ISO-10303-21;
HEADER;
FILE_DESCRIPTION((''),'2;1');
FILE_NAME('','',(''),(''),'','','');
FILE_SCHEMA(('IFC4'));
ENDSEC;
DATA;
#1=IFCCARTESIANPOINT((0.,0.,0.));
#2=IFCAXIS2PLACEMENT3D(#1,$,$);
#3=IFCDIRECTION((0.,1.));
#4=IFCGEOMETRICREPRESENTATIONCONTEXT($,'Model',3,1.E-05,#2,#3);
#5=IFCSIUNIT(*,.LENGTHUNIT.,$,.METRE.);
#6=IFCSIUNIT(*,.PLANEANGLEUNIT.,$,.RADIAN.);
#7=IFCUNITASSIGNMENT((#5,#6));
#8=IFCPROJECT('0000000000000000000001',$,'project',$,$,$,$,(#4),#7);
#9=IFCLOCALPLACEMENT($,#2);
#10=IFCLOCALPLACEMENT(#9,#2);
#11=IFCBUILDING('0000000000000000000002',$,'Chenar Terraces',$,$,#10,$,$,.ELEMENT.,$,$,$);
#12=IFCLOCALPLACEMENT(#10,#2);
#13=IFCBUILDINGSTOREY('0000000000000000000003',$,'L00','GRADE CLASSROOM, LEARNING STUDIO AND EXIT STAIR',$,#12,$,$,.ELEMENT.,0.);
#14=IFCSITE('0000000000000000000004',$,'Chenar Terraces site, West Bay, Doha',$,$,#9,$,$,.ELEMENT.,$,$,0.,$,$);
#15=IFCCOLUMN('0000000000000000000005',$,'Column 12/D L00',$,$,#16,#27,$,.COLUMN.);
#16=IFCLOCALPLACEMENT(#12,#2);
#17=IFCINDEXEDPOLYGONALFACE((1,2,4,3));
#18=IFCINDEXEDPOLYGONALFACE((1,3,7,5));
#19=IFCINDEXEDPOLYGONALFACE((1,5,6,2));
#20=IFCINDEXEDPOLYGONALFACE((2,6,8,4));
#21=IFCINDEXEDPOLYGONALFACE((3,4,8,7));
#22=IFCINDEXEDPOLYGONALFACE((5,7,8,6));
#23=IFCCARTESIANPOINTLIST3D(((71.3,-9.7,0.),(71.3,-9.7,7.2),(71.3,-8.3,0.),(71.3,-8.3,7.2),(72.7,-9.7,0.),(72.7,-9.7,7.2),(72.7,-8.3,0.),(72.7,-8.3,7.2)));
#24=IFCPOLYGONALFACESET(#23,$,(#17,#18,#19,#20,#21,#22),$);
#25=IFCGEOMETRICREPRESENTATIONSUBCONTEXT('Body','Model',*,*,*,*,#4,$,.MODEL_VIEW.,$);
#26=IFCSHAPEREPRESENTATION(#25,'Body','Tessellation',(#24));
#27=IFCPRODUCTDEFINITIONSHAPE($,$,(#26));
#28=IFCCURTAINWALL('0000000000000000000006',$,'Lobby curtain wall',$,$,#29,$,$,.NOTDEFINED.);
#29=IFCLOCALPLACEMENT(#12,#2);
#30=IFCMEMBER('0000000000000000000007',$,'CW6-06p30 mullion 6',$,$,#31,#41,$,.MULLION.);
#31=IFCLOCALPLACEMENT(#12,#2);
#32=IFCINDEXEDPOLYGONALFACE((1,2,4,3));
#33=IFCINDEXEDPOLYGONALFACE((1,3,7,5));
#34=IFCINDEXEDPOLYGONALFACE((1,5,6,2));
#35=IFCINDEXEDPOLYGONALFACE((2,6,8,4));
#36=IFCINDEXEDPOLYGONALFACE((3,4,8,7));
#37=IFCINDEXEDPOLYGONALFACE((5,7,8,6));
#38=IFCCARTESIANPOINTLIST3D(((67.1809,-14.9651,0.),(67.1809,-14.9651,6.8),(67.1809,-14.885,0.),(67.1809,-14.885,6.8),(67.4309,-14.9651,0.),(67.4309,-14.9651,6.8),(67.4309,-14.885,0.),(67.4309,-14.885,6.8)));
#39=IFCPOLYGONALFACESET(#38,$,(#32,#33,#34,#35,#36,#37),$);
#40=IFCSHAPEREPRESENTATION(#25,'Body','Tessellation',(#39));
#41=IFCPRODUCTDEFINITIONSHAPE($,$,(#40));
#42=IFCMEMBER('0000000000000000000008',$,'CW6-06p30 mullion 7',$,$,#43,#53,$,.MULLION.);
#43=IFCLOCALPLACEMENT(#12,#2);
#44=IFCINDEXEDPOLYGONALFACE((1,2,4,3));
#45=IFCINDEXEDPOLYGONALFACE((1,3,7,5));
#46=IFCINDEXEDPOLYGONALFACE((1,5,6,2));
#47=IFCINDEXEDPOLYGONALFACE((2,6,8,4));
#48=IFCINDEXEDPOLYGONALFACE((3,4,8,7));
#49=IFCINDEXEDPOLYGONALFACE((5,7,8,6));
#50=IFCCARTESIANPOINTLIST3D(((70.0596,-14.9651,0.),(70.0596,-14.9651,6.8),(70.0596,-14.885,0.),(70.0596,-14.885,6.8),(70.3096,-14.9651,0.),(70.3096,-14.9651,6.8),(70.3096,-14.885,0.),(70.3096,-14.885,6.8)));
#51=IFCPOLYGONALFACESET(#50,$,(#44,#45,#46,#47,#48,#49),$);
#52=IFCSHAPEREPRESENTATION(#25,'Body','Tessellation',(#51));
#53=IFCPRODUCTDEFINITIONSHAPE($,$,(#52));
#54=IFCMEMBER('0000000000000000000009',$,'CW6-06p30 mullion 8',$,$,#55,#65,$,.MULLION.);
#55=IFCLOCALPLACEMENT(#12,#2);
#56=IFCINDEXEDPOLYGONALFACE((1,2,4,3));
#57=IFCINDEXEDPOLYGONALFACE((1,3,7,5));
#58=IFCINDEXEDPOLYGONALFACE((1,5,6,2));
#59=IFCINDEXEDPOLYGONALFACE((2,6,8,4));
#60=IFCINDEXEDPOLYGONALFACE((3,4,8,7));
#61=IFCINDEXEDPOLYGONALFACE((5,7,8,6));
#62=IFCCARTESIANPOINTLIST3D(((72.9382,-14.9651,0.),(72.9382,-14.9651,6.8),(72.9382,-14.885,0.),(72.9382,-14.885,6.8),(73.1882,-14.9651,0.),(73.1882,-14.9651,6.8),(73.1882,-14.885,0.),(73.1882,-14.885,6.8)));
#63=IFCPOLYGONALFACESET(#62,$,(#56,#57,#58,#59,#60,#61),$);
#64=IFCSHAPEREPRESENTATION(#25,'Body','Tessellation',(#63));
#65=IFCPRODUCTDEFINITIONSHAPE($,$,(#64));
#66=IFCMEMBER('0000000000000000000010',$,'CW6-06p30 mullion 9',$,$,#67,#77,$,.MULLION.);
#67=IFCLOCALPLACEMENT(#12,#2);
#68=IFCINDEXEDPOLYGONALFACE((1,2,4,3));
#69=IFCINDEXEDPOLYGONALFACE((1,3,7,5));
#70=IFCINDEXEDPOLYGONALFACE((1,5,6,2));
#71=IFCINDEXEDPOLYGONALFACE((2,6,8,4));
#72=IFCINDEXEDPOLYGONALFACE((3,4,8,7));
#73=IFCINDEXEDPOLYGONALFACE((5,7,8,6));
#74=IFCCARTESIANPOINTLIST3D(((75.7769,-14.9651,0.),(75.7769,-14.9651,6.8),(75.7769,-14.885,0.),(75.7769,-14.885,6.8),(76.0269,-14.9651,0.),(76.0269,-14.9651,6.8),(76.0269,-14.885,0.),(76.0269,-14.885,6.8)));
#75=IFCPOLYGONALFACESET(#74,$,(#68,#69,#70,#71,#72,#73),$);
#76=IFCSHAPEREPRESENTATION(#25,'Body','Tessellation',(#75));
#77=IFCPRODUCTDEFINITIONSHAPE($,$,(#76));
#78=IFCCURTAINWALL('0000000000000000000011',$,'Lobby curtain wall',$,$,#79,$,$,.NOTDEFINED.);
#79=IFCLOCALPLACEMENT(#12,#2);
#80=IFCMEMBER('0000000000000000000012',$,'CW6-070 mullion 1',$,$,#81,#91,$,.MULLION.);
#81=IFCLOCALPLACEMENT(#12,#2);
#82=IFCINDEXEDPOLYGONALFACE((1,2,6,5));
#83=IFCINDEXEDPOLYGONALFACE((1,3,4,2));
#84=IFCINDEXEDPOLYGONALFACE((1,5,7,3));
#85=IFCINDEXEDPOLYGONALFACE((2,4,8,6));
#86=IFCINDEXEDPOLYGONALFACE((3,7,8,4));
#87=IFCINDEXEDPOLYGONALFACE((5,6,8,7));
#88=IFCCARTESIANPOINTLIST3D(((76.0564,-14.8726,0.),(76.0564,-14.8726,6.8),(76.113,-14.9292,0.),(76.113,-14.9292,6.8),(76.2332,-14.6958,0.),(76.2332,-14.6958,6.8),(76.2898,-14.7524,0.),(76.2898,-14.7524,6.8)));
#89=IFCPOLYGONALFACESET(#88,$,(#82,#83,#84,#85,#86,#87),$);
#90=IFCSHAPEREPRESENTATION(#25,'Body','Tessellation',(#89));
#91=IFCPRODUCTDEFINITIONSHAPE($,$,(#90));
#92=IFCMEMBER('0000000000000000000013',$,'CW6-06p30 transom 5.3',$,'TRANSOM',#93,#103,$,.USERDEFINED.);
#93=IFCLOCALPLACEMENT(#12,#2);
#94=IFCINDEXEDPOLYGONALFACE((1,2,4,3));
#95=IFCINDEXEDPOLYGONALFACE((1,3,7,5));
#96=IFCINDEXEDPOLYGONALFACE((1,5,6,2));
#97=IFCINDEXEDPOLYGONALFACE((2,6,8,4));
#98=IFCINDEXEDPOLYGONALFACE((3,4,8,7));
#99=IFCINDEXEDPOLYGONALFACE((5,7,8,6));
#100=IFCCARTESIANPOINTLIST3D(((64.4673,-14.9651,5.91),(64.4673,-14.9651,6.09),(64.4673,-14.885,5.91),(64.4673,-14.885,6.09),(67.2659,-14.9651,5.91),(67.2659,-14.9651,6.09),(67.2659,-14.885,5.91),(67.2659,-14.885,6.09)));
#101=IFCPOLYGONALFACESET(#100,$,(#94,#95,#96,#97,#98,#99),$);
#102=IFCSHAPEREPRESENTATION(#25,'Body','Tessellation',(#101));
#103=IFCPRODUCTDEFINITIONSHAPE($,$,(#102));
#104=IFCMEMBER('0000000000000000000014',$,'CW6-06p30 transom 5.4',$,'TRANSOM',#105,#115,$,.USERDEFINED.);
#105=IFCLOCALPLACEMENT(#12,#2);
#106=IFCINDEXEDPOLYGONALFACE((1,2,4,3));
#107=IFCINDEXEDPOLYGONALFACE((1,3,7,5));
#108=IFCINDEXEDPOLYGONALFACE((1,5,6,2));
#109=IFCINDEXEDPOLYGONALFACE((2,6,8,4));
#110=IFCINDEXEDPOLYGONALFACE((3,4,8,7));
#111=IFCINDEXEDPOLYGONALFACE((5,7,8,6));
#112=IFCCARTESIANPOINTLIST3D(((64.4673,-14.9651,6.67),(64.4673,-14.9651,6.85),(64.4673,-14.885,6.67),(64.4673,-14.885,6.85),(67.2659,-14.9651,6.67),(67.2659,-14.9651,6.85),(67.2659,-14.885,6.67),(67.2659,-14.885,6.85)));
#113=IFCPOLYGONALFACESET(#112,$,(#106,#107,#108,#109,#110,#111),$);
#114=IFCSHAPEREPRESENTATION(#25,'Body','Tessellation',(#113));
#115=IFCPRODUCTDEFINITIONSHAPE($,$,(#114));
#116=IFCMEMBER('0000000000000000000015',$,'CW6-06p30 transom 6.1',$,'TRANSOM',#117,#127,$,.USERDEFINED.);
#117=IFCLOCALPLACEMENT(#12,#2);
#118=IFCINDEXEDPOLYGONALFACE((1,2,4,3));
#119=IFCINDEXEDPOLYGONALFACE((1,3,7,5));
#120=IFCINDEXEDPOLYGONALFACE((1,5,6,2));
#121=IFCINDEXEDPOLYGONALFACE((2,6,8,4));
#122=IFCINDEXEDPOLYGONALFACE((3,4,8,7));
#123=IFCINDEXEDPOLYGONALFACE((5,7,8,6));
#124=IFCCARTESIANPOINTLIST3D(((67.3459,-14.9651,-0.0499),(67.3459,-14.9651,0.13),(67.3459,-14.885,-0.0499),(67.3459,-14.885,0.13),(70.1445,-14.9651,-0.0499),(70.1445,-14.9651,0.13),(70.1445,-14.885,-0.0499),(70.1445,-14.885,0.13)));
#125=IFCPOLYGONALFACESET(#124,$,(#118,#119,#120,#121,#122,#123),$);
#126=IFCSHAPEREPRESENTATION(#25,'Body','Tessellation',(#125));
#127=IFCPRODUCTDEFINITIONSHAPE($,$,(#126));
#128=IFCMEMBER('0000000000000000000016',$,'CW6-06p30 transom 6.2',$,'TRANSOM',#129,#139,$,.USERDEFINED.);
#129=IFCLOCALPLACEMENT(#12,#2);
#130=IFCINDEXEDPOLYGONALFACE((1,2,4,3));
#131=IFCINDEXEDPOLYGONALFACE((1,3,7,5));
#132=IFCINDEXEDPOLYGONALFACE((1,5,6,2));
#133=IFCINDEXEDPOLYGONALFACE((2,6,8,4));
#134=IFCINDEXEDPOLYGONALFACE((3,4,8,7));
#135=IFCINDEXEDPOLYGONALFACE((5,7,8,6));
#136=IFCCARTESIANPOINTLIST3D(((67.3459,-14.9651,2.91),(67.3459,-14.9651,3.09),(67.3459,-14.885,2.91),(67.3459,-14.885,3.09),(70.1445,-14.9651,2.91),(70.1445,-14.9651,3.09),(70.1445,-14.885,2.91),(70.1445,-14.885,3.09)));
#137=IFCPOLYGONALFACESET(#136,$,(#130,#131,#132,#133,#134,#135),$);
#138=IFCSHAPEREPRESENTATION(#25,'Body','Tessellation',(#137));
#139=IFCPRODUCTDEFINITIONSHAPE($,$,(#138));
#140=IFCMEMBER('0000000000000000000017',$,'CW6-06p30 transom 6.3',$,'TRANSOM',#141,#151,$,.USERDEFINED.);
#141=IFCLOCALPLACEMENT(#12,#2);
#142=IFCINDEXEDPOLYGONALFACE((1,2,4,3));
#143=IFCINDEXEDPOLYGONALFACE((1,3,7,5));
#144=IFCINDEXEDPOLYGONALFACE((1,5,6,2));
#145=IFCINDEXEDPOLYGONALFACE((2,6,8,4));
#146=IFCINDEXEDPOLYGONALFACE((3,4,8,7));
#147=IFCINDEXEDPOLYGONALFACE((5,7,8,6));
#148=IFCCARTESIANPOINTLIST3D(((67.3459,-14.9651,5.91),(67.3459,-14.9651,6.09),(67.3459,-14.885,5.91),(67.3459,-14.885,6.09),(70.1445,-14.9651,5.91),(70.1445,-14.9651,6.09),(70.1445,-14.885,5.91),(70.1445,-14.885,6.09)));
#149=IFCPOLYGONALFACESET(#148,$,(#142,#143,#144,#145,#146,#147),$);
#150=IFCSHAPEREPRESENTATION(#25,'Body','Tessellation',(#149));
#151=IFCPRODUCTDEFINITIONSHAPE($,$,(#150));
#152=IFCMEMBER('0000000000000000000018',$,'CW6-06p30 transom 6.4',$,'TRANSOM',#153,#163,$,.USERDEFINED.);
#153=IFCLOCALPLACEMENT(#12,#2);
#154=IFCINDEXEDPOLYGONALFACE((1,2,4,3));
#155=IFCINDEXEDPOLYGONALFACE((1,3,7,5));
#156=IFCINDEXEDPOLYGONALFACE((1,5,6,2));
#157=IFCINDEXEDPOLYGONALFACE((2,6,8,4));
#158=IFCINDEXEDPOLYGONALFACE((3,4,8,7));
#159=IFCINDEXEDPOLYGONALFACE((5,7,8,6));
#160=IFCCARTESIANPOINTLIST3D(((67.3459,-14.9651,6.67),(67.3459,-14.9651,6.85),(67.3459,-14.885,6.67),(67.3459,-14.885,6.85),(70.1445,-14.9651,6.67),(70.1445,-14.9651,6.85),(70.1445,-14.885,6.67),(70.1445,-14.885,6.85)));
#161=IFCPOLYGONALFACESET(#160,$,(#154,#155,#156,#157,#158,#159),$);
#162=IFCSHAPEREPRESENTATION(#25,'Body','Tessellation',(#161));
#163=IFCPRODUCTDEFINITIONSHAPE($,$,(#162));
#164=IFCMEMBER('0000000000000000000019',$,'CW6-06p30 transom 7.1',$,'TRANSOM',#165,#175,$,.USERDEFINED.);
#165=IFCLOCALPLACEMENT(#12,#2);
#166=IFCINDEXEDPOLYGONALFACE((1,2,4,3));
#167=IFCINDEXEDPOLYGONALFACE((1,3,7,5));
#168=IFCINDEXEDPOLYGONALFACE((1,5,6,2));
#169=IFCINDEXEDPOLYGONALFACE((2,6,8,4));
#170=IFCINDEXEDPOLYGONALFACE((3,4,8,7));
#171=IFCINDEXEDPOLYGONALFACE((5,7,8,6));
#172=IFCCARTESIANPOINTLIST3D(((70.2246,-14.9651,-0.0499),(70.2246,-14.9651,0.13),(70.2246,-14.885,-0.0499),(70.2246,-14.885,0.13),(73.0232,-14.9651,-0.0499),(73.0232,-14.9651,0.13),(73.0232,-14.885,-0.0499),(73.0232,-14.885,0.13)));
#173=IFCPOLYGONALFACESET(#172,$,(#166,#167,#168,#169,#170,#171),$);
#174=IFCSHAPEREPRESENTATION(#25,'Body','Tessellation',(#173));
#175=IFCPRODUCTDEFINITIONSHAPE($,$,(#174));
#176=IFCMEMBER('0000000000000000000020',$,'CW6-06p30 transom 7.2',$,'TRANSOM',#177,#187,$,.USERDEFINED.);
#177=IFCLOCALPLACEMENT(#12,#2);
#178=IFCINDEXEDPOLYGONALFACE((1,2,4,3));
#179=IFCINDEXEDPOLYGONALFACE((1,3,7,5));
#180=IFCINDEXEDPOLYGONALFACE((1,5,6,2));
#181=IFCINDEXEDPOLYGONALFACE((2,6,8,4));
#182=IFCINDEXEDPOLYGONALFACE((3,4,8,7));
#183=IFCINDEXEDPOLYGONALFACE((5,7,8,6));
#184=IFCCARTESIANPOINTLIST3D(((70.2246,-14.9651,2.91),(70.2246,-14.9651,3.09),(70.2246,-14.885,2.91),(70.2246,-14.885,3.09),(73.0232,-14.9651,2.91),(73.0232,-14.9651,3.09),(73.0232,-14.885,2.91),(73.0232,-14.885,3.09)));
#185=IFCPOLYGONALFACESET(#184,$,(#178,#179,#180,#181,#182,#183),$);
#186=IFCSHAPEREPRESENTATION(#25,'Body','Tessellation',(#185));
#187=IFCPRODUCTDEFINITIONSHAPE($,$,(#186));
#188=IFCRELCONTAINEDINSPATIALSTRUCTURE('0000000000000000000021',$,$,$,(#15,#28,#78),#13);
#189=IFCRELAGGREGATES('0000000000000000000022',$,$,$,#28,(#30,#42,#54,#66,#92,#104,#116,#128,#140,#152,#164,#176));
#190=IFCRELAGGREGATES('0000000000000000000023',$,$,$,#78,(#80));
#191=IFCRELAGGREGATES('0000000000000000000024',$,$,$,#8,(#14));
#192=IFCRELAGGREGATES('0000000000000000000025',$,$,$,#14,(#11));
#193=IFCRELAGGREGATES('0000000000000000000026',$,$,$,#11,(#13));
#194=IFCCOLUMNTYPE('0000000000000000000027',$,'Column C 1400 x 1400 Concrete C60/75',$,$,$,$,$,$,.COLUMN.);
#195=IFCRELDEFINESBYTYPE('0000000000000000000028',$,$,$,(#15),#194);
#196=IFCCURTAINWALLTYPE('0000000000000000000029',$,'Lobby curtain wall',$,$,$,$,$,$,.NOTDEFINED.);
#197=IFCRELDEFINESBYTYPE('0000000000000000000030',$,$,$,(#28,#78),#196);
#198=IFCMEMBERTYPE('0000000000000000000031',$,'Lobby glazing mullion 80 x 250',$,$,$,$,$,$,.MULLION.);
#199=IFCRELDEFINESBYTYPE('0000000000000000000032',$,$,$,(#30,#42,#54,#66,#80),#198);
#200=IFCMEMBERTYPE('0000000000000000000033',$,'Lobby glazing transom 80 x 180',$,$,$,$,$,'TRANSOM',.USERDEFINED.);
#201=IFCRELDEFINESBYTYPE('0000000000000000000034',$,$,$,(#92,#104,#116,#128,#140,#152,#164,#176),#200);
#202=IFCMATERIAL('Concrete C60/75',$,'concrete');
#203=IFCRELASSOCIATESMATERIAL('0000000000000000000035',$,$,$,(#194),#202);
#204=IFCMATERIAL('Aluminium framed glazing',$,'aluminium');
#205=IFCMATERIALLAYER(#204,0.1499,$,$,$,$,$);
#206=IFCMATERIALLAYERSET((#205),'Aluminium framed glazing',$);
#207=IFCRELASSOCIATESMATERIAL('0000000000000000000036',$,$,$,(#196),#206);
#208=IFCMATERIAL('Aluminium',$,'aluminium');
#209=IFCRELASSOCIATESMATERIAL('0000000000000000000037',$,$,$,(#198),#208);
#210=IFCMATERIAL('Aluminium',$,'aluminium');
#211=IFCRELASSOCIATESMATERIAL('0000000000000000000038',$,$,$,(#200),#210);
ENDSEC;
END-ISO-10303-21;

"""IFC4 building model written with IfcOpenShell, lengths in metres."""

from ifc_helpers import new_model, si_unit, direction, frame, origin, origin_2d, place, context, subcontext, project, spatial, rectangle, extrude, material, layer, layer_set, material_profile, profile_set, type_object, element, aggregate, save


model = new_model("IFC4")

# Units and contexts
model_context = context("Model", 3, precision=1e-05, world=origin(), true_north=direction((0.0, 1.0)))
body_context = subcontext(model_context, "Body", "Model", "MODEL_VIEW")
ifc_project = project(units=[si_unit("LENGTHUNIT", "METRE"), si_unit("PLANEANGLEUNIT", "RADIAN")], contexts=[model_context])

# Site, building, storey
site_placement = place(None, origin())
site = spatial("IfcSite", under=ifc_project, at=site_placement, Name="Chenar Terraces site, West Bay, Doha", CompositionType="ELEMENT", RefElevation=0.0)
building_placement = place(site_placement, origin())
building = spatial("IfcBuilding", under=site, at=building_placement, Name="Chenar Terraces", CompositionType="ELEMENT")
storey_placement = place(building_placement, origin())
storey = spatial("IfcBuildingStorey", under=building, at=storey_placement, Name="L00", Description="GRADE CLASSROOM, LEARNING STUDIO AND EXIT STAIR", CompositionType="ELEMENT", Elevation=0.0)

# Column
ifc_material_1 = material(Name="Concrete C60/75", Category="concrete")
ifc_material_profile_1 = material_profile(ifc_material_1, rectangle(XDim=1.3999, YDim=1.3999, at=origin_2d()), Name="C 1400 x 1400")
ifc_profile_set_1 = profile_set([ifc_material_profile_1], Name="Concrete C60/75")
column_type = type_object("IfcColumnType", Name="Column C 1400 x 1400 Concrete C60/75", PredefinedType="COLUMN", material=ifc_profile_set_1)
column_placement = place(storey_placement, frame((72.0, -9.0, 0.0), z_axis=(0.0, 0.0, 1.0), x_axis=(1.0, 0.0, 0.0)))
element("IfcColumn", 1, at=column_placement, inside=storey, type_object=column_type, Name="Column 12/D L00", PredefinedType="COLUMN", context=body_context, shape_type="SweptSolid", body=[
    extrude(rectangle(XDim=1.3999, YDim=1.3999, at=origin_2d()), origin(), (0.0, 0.0, 1.0), 7.2),
])

# Curtain wall, members
ifc_material_2 = material(Name="Aluminium framed glazing", Category="aluminium")
ifc_layer_1 = layer(ifc_material_2, 0.1499)
ifc_layer_set_1 = layer_set([ifc_layer_1], Name="Aluminium framed glazing")
curtain_wall_type = type_object("IfcCurtainWallType", Name="Lobby curtain wall", PredefinedType="NOTDEFINED", material=ifc_layer_set_1)
placement = place(storey_placement, origin())
curtain_wall_1 = element("IfcCurtainWall", 2, at=placement, inside=storey, type_object=curtain_wall_type, Name="Lobby curtain wall", PredefinedType="NOTDEFINED")
ifc_material_3 = material(Name="Aluminium", Category="aluminium")
ifc_material_profile_2 = material_profile(ifc_material_3, rectangle(XDim=0.0801, YDim=0.25, at=origin_2d()), Name="Lobby glazing mullion 80 x 250")
ifc_profile_set_2 = profile_set([ifc_material_profile_2], Name="Aluminium")
member_type_1 = type_object("IfcMemberType", Name="Lobby glazing mullion 80 x 250", PredefinedType="MULLION", material=ifc_profile_set_2)
member_1_placement = place(storey_placement, frame((67.3059, -14.925, 0.0), z_axis=(0.0, 0.0, 1.0), x_axis=(0.0, 1.0, 0.0)))
member_1 = element("IfcMember", 3, at=member_1_placement, type_object=member_type_1, Name="CW6-06p30 mullion 6", PredefinedType="MULLION", context=body_context, shape_type="SweptSolid", body=[
    extrude(rectangle(XDim=0.0801, YDim=0.25, at=origin_2d()), origin(), (0.0, 0.0, 1.0), 6.8),
])
member_2_placement = place(storey_placement, frame((70.1846, -14.925, 0.0), z_axis=(0.0, 0.0, 1.0), x_axis=(0.0, 1.0, 0.0)))
member_2 = element("IfcMember", 4, at=member_2_placement, type_object=member_type_1, Name="CW6-06p30 mullion 7", PredefinedType="MULLION", context=body_context, shape_type="SweptSolid", body=[
    extrude(rectangle(XDim=0.0801, YDim=0.25, at=origin_2d()), origin(), (0.0, 0.0, 1.0), 6.8),
])
member_3_placement = place(storey_placement, frame((73.0632, -14.925, 0.0), z_axis=(0.0, 0.0, 1.0), x_axis=(0.0, 1.0, 0.0)))
member_3 = element("IfcMember", 5, at=member_3_placement, type_object=member_type_1, Name="CW6-06p30 mullion 8", PredefinedType="MULLION", context=body_context, shape_type="SweptSolid", body=[
    extrude(rectangle(XDim=0.0801, YDim=0.25, at=origin_2d()), origin(), (0.0, 0.0, 1.0), 6.8),
])
member_4_placement = place(storey_placement, frame((75.9019, -14.925, 0.0), z_axis=(0.0, 0.0, 1.0), x_axis=(0.0, 1.0, 0.0)))
member_4 = element("IfcMember", 6, at=member_4_placement, type_object=member_type_1, Name="CW6-06p30 mullion 9", PredefinedType="MULLION", context=body_context, shape_type="SweptSolid", body=[
    extrude(rectangle(XDim=0.0801, YDim=0.25, at=origin_2d()), origin(), (0.0, 0.0, 1.0), 6.8),
])

# Curtain wall, member
curtain_wall_2 = element("IfcCurtainWall", 7, at=placement, inside=storey, type_object=curtain_wall_type, Name="Lobby curtain wall", PredefinedType="NOTDEFINED")
member_5_placement = place(storey_placement, frame((76.1731, -14.8125, 0.0), z_axis=(0.0, 0.0, 1.0), x_axis=(-0.707107, 0.707107, 0.0)))
member_5 = element("IfcMember", 8, at=member_5_placement, type_object=member_type_1, Name="CW6-070 mullion 1", PredefinedType="MULLION", context=body_context, shape_type="SweptSolid", body=[
    extrude(rectangle(XDim=0.0801, YDim=0.25, at=origin_2d()), origin(), (0.0, 0.0, 1.0), 6.8),
])

# Members
ifc_material_4 = material(Name="Aluminium", Category="aluminium")
ifc_material_profile_3 = material_profile(ifc_material_4, rectangle(XDim=0.0801, YDim=0.1799, at=origin_2d()), Name="Lobby glazing transom 80 x 180")
ifc_profile_set_3 = profile_set([ifc_material_profile_3], Name="Aluminium")
member_type_2 = type_object("IfcMemberType", Name="Lobby glazing transom 80 x 180", ElementType="TRANSOM", PredefinedType="USERDEFINED", material=ifc_profile_set_3)
member_6_placement = place(storey_placement, frame((64.4673, -14.925, 6.0), z_axis=(1.0, 0.0, 0.0), x_axis=(0.0, 1.0, 0.0)))
member_6 = element("IfcMember", 9, at=member_6_placement, type_object=member_type_2, Name="CW6-06p30 transom 5.3", ObjectType="TRANSOM", PredefinedType="USERDEFINED", context=body_context, shape_type="SweptSolid", body=[
    extrude(rectangle(XDim=0.0801, YDim=0.1799, at=origin_2d()), origin(), (0.0, 0.0, 1.0), 2.7986),
])
member_7_placement = place(storey_placement, frame((64.4673, -14.925, 6.76), z_axis=(1.0, 0.0, 0.0), x_axis=(0.0, 1.0, 0.0)))
member_7 = element("IfcMember", 10, at=member_7_placement, type_object=member_type_2, Name="CW6-06p30 transom 5.4", ObjectType="TRANSOM", PredefinedType="USERDEFINED", context=body_context, shape_type="SweptSolid", body=[
    extrude(rectangle(XDim=0.0801, YDim=0.1799, at=origin_2d()), origin(), (0.0, 0.0, 1.0), 2.7986),
])
member_8_placement = place(storey_placement, frame((67.3459, -14.925, 0.04), z_axis=(1.0, 0.0, 0.0), x_axis=(0.0, 1.0, 0.0)))
member_8 = element("IfcMember", 11, at=member_8_placement, type_object=member_type_2, Name="CW6-06p30 transom 6.1", ObjectType="TRANSOM", PredefinedType="USERDEFINED", context=body_context, shape_type="SweptSolid", body=[
    extrude(rectangle(XDim=0.0801, YDim=0.1799, at=origin_2d()), origin(), (0.0, 0.0, 1.0), 2.7986),
])
member_9_placement = place(storey_placement, frame((67.3459, -14.925, 3.0), z_axis=(1.0, 0.0, 0.0), x_axis=(0.0, 1.0, 0.0)))
member_9 = element("IfcMember", 12, at=member_9_placement, type_object=member_type_2, Name="CW6-06p30 transom 6.2", ObjectType="TRANSOM", PredefinedType="USERDEFINED", context=body_context, shape_type="SweptSolid", body=[
    extrude(rectangle(XDim=0.0801, YDim=0.1799, at=origin_2d()), origin(), (0.0, 0.0, 1.0), 2.7986),
])
member_10_placement = place(storey_placement, frame((67.3459, -14.925, 6.0), z_axis=(1.0, 0.0, 0.0), x_axis=(0.0, 1.0, 0.0)))
member_10 = element("IfcMember", 13, at=member_10_placement, type_object=member_type_2, Name="CW6-06p30 transom 6.3", ObjectType="TRANSOM", PredefinedType="USERDEFINED", context=body_context, shape_type="SweptSolid", body=[
    extrude(rectangle(XDim=0.0801, YDim=0.1799, at=origin_2d()), origin(), (0.0, 0.0, 1.0), 2.7986),
])
member_11_placement = place(storey_placement, frame((67.3459, -14.925, 6.76), z_axis=(1.0, 0.0, 0.0), x_axis=(0.0, 1.0, 0.0)))
member_11 = element("IfcMember", 14, at=member_11_placement, type_object=member_type_2, Name="CW6-06p30 transom 6.4", ObjectType="TRANSOM", PredefinedType="USERDEFINED", context=body_context, shape_type="SweptSolid", body=[
    extrude(rectangle(XDim=0.0801, YDim=0.1799, at=origin_2d()), origin(), (0.0, 0.0, 1.0), 2.7986),
])
member_12_placement = place(storey_placement, frame((70.2246, -14.925, 0.04), z_axis=(1.0, 0.0, 0.0), x_axis=(0.0, 1.0, 0.0)))
member_12 = element("IfcMember", 15, at=member_12_placement, type_object=member_type_2, Name="CW6-06p30 transom 7.1", ObjectType="TRANSOM", PredefinedType="USERDEFINED", context=body_context, shape_type="SweptSolid", body=[
    extrude(rectangle(XDim=0.0801, YDim=0.1799, at=origin_2d()), origin(), (0.0, 0.0, 1.0), 2.7986),
])
member_13_placement = place(storey_placement, frame((70.2246, -14.925, 3.0), z_axis=(1.0, 0.0, 0.0), x_axis=(0.0, 1.0, 0.0)))
member_13 = element("IfcMember", 16, at=member_13_placement, type_object=member_type_2, Name="CW6-06p30 transom 7.2", ObjectType="TRANSOM", PredefinedType="USERDEFINED", context=body_context, shape_type="SweptSolid", body=[
    extrude(rectangle(XDim=0.0801, YDim=0.1799, at=origin_2d()), origin(), (0.0, 0.0, 1.0), 2.7986),
])

aggregate(curtain_wall_1, [member_1, member_2, member_3, member_4, member_6, member_7, member_8, member_9, member_10, member_11, member_12, member_13])
aggregate(curtain_wall_2, [member_5])

save(model, "model.ifc")
